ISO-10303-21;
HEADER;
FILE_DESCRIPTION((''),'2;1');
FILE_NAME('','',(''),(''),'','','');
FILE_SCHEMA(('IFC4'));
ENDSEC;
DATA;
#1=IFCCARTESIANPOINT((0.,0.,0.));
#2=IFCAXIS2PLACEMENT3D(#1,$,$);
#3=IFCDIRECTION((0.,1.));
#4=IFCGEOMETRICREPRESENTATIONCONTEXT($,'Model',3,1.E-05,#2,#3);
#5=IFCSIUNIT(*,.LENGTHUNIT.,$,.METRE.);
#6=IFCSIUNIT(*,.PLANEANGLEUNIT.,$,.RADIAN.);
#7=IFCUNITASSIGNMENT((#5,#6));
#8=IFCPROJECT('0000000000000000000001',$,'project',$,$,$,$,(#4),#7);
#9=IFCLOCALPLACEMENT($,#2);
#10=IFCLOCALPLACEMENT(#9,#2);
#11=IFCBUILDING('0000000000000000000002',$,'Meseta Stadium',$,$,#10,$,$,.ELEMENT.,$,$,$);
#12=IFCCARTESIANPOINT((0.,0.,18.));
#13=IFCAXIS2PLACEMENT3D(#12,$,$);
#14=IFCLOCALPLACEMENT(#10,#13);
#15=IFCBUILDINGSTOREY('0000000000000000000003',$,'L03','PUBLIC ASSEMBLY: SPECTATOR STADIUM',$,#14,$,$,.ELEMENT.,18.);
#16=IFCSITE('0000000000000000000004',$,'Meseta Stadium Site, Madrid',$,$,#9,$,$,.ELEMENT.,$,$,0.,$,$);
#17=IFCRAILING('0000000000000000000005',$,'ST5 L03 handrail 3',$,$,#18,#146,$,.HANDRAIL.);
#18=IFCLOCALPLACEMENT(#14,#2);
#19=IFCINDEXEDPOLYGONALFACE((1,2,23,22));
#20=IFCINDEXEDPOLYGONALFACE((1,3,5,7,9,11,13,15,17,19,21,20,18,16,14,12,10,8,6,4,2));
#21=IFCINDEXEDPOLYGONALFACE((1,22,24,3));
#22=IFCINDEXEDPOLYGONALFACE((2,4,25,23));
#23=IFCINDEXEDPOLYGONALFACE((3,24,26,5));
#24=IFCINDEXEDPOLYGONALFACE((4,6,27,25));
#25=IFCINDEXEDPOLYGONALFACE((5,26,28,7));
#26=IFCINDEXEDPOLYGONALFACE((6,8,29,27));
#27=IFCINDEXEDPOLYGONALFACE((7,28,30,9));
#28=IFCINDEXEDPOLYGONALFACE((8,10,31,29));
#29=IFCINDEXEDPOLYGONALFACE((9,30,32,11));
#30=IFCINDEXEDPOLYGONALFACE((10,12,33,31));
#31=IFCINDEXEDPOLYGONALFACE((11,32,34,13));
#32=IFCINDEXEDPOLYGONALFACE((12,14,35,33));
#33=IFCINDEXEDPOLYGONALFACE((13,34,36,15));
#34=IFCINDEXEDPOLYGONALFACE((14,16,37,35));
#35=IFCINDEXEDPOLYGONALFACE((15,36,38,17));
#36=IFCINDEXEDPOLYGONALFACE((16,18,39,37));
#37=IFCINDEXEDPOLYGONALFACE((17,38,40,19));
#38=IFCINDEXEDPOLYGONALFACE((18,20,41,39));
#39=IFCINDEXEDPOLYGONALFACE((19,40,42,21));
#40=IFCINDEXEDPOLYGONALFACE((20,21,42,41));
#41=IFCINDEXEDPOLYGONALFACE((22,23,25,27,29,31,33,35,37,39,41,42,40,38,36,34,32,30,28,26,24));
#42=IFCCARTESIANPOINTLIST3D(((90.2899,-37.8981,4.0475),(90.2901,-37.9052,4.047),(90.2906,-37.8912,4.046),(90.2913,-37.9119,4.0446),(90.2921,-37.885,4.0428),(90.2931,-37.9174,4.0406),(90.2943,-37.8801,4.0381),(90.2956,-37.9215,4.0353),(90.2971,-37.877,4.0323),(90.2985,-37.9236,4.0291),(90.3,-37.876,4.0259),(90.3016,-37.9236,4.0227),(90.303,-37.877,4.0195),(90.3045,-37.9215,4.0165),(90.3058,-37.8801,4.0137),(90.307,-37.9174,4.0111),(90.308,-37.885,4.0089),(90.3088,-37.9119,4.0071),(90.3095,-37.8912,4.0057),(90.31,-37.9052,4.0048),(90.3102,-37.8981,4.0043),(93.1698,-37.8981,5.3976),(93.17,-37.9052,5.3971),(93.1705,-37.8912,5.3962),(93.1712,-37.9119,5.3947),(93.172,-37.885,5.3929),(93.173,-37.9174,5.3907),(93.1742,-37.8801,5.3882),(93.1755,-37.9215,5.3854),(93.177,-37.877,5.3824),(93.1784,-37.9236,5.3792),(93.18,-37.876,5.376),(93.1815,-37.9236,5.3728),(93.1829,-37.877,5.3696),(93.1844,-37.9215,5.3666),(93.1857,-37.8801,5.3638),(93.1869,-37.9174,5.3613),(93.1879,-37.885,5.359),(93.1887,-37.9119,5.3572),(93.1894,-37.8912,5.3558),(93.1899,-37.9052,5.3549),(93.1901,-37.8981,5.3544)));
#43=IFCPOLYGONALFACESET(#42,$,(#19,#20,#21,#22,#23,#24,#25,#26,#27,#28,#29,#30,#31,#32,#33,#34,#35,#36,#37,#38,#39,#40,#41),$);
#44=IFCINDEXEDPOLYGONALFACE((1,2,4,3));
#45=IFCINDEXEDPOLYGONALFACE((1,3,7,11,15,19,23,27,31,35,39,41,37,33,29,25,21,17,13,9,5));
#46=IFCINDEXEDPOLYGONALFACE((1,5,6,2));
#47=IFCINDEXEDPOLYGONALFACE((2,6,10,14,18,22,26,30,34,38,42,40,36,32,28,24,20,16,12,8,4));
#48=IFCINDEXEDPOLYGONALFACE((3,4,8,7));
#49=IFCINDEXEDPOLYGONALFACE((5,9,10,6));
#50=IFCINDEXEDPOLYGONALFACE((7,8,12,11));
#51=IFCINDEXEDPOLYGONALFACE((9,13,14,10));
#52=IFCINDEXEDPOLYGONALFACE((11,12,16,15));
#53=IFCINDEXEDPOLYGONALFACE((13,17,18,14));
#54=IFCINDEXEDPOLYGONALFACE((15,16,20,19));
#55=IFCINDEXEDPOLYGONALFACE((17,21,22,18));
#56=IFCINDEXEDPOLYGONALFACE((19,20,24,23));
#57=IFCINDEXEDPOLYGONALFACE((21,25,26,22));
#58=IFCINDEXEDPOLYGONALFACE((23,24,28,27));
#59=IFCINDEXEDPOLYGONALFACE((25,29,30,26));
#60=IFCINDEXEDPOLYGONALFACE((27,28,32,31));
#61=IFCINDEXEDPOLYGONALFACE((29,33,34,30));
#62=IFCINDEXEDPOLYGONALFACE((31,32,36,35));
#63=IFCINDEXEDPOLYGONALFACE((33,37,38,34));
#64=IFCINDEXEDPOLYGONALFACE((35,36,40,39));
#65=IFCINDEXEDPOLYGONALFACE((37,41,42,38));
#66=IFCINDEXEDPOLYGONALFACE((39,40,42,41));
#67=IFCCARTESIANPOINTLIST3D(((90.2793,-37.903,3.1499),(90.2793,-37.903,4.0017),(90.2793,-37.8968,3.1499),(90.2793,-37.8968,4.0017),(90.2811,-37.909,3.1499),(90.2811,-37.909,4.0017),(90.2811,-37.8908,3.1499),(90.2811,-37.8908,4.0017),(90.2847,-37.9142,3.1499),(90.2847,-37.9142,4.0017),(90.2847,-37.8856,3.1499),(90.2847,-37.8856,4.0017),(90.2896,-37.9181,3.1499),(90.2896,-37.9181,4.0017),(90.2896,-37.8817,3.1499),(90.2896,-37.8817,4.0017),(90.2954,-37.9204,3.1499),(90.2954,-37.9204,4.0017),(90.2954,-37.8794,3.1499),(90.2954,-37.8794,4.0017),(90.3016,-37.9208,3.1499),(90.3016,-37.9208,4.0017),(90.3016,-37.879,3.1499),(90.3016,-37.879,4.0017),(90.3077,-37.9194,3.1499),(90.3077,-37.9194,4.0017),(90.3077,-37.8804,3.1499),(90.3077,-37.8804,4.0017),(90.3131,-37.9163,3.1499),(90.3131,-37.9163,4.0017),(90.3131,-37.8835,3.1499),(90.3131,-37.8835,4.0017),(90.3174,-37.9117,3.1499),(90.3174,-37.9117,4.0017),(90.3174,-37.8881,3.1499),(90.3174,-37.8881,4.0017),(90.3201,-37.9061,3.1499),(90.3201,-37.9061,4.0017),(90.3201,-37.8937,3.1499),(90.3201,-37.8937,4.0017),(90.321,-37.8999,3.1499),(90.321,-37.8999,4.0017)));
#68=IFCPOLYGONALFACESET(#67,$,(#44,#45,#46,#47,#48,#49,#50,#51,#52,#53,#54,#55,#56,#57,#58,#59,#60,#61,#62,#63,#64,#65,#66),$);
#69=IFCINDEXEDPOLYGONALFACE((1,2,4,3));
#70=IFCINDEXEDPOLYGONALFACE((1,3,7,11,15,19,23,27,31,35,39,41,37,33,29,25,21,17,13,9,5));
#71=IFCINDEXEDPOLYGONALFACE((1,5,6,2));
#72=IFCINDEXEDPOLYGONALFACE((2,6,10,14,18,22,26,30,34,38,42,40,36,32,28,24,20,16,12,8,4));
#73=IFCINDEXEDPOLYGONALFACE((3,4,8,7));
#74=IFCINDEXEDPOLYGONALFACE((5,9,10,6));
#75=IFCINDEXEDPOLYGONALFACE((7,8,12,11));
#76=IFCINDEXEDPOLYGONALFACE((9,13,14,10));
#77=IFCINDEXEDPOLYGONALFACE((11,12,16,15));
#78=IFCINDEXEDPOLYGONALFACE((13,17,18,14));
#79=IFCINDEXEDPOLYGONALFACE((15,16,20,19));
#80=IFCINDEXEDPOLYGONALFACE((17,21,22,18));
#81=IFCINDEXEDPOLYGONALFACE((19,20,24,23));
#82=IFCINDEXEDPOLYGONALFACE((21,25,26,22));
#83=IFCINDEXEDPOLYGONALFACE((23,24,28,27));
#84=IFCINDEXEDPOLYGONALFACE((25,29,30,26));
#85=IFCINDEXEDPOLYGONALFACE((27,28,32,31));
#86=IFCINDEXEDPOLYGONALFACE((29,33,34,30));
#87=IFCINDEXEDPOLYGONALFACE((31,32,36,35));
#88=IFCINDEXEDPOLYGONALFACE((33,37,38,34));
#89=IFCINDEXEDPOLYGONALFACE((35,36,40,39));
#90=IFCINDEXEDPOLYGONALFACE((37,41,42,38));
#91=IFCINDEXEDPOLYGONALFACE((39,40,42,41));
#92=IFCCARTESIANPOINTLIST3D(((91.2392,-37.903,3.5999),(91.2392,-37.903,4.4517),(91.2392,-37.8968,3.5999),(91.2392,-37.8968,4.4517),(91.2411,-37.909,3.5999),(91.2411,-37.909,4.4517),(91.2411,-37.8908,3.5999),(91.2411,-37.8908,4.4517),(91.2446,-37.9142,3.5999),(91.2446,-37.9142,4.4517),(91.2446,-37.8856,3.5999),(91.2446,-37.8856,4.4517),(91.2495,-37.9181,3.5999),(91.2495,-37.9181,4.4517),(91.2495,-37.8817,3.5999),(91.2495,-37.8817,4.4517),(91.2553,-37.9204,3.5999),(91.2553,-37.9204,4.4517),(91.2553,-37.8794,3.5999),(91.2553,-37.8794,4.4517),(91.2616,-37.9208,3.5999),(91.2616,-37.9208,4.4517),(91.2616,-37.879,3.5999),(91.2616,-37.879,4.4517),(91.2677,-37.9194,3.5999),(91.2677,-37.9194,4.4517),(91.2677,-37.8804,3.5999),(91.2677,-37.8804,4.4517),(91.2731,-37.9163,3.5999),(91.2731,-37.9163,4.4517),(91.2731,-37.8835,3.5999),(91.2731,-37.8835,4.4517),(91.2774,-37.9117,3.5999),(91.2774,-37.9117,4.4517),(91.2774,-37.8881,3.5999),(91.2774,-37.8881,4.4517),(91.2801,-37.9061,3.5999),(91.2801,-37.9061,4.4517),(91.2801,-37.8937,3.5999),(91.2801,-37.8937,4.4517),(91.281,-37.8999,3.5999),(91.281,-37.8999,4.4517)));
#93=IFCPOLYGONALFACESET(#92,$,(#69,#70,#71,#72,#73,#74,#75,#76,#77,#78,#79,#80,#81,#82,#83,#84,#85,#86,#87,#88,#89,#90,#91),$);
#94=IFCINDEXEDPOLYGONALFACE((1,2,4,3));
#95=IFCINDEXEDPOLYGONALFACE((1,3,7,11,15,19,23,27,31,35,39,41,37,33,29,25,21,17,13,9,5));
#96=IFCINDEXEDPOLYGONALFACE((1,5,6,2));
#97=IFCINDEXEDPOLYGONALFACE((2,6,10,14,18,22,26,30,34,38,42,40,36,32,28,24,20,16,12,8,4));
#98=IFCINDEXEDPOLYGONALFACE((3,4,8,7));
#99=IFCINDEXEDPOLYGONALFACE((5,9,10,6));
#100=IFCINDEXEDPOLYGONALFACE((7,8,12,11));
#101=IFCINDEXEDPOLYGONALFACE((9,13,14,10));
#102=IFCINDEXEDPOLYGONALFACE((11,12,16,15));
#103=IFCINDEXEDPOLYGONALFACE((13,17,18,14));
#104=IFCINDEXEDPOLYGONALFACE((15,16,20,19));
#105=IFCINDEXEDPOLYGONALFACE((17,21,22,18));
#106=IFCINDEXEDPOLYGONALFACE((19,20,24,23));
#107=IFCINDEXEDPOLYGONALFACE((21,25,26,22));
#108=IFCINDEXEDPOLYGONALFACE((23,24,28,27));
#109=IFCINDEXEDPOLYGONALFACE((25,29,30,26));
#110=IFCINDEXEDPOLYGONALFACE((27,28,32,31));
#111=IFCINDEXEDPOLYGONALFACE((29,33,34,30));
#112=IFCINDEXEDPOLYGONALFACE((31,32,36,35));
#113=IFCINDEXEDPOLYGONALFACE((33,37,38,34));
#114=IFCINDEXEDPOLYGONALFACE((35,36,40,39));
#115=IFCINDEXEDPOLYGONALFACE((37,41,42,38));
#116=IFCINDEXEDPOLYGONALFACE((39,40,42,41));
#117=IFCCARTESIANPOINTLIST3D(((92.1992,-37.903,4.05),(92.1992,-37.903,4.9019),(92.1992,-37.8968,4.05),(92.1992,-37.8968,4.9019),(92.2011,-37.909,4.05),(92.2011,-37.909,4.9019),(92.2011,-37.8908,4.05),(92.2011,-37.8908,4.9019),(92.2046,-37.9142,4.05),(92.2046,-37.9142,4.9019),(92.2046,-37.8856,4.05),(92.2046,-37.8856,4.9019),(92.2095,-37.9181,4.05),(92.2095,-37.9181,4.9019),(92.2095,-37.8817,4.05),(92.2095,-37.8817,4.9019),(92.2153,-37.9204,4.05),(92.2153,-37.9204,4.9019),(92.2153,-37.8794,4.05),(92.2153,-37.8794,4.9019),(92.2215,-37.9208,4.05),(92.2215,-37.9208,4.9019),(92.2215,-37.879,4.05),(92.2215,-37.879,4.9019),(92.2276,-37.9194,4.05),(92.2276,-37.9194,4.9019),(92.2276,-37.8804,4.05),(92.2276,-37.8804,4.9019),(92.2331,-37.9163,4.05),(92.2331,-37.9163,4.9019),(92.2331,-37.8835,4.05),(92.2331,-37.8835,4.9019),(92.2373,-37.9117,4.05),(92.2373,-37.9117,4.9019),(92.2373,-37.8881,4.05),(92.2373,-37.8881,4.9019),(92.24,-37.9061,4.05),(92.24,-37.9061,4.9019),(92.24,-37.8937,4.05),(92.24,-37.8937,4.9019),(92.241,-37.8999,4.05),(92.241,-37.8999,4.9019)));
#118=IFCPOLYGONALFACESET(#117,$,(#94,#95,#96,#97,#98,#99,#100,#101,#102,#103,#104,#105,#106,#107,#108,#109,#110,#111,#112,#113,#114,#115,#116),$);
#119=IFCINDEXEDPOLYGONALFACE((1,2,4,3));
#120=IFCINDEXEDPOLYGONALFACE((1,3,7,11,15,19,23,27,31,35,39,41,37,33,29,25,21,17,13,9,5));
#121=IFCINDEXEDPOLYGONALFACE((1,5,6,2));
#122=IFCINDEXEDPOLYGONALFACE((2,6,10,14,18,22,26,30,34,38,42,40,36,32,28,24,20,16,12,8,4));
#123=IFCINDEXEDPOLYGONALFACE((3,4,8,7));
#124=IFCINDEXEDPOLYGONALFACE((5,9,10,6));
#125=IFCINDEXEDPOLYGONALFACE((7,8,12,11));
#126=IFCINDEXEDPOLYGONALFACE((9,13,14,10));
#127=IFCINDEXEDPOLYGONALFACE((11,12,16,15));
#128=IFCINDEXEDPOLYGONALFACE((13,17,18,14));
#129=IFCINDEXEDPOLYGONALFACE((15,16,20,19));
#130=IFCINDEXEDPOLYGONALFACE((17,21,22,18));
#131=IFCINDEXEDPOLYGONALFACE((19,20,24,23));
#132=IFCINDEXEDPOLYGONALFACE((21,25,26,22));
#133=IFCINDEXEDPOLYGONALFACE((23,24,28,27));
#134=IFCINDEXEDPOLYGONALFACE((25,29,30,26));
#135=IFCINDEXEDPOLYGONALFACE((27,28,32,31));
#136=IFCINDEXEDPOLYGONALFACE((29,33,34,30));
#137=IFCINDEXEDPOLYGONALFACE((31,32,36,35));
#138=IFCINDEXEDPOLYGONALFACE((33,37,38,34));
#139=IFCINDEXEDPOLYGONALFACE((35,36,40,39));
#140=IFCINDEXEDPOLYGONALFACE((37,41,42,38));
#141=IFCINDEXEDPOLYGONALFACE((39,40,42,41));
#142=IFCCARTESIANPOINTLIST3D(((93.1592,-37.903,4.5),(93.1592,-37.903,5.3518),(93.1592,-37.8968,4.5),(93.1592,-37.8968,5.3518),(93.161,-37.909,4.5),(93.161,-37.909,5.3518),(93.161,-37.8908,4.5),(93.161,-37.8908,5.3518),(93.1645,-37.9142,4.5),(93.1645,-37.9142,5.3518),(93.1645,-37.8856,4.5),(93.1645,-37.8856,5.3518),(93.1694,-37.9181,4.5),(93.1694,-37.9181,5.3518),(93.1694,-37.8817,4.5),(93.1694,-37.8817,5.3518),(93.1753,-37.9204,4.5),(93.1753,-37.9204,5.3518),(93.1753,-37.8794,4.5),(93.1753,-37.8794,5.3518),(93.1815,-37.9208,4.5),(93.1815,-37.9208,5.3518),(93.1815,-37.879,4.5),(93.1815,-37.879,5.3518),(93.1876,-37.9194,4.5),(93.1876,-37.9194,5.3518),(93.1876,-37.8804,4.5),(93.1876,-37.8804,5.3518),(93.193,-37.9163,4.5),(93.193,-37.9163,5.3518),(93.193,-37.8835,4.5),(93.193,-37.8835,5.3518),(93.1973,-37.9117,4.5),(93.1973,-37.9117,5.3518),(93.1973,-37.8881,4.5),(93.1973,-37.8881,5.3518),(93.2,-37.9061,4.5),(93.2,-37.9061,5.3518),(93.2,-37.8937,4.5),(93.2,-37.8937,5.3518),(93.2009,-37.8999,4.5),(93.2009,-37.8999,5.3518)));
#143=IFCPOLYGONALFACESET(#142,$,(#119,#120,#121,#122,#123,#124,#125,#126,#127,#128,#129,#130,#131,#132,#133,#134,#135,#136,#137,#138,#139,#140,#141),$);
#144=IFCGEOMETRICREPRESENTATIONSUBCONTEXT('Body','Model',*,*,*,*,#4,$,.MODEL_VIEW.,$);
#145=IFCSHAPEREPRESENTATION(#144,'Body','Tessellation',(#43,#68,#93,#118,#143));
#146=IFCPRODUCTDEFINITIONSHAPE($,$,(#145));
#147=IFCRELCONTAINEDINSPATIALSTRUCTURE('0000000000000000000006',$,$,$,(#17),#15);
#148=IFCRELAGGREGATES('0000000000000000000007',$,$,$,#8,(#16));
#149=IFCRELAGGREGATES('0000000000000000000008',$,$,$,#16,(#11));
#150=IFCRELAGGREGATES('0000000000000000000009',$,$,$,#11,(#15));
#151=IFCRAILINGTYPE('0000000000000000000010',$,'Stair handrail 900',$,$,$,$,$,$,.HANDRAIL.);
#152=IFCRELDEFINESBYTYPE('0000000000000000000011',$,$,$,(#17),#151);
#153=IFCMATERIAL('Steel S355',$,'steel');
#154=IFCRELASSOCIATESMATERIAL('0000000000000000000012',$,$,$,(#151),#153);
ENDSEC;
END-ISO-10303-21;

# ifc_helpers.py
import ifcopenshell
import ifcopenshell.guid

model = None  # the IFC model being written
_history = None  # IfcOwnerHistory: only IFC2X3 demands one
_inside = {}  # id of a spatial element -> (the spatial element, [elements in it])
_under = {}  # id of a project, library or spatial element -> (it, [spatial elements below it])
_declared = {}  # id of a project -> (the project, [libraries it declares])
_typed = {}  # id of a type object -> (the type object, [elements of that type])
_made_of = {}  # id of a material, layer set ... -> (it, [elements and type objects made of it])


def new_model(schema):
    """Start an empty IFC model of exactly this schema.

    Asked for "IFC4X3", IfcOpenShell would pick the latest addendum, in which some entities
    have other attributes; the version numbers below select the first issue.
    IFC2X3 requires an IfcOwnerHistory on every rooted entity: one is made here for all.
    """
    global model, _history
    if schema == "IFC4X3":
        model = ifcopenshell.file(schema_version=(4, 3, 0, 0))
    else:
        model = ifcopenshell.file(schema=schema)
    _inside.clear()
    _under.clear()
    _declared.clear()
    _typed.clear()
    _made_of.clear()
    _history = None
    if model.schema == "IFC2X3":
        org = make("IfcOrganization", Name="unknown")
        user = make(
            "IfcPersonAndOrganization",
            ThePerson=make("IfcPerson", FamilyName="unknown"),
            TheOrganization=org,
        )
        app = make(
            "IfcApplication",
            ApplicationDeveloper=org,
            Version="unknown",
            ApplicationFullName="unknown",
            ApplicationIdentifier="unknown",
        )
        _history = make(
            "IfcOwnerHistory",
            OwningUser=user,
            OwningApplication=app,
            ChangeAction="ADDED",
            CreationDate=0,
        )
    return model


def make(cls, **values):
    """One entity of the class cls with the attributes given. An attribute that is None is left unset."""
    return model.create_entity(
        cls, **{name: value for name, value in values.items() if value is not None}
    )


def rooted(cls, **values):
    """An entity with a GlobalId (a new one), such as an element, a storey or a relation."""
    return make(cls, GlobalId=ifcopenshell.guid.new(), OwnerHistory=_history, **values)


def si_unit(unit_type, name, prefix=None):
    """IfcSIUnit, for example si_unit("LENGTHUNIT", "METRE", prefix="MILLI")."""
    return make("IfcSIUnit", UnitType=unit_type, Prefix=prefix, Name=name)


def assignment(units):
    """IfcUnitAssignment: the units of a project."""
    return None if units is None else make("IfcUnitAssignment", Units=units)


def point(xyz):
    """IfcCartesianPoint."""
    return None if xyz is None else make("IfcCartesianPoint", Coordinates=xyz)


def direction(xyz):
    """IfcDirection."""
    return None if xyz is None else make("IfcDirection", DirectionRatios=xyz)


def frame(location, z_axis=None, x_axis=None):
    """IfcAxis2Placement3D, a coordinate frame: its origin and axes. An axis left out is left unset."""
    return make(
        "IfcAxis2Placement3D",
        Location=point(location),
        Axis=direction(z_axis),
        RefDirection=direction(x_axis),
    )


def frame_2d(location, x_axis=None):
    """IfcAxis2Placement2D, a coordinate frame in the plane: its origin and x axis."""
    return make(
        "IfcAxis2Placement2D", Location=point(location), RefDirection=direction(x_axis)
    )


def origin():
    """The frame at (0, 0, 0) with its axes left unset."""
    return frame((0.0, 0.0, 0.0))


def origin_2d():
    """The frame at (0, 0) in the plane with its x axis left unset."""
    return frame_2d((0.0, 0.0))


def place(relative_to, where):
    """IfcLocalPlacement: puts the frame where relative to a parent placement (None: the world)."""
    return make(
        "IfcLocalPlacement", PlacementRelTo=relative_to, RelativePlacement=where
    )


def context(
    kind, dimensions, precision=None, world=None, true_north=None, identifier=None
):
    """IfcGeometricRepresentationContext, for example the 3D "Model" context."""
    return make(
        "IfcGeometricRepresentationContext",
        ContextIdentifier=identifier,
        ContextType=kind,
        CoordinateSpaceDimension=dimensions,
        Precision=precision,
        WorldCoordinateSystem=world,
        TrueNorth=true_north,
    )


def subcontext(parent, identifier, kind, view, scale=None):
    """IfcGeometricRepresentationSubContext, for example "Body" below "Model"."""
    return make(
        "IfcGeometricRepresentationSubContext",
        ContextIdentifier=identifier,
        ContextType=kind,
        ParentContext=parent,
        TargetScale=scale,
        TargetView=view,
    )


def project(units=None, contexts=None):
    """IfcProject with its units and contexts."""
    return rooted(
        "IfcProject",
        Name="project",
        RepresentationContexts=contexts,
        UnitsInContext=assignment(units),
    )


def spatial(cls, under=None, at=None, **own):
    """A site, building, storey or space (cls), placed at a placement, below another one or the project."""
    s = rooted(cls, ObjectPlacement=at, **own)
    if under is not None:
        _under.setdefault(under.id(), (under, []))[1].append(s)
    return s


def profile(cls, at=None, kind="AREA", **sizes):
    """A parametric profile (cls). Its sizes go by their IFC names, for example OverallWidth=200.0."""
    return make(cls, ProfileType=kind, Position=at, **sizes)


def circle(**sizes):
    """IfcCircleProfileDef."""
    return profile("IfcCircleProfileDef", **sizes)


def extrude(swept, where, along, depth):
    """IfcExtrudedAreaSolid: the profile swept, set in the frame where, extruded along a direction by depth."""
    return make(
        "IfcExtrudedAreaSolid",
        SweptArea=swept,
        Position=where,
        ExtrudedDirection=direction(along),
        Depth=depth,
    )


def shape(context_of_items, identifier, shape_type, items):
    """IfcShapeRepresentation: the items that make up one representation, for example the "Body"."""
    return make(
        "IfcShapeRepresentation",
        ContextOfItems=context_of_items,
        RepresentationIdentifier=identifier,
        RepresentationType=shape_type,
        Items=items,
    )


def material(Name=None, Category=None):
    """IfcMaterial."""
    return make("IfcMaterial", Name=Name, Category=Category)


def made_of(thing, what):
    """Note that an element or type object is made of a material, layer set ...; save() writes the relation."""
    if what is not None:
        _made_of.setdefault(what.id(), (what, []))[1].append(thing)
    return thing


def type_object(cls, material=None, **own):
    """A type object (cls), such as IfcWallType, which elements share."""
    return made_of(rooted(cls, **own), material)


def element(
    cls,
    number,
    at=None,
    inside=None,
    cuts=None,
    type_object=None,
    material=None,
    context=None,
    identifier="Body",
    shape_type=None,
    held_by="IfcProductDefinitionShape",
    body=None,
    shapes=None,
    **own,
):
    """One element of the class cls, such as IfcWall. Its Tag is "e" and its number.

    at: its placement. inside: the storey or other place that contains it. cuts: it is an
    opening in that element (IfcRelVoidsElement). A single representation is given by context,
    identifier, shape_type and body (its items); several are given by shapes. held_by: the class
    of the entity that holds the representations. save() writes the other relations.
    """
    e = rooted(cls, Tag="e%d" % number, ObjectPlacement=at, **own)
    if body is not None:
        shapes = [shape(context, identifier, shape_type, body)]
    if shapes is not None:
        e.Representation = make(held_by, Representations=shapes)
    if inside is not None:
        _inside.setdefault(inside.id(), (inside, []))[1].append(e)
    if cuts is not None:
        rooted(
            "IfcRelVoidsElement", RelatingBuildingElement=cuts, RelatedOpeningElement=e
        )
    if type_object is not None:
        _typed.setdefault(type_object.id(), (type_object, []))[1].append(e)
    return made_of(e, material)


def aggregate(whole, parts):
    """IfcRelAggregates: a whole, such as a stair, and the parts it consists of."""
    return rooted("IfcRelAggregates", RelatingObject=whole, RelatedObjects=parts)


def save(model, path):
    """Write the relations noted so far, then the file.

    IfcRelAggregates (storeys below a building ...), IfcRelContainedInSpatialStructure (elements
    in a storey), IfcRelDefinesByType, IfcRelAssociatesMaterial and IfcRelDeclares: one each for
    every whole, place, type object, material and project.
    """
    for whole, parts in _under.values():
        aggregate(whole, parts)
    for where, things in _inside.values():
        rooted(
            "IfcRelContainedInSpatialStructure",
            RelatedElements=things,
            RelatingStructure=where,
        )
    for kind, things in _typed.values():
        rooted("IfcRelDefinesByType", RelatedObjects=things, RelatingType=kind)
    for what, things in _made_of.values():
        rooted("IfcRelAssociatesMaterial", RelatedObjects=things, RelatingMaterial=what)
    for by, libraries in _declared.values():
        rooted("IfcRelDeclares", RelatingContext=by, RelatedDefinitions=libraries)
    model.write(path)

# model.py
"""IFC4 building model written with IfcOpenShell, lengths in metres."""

from ifc_helpers import new_model, si_unit, direction, frame, origin, origin_2d, place, context, subcontext, project, spatial, circle, extrude, material, type_object, element, save


model = new_model("IFC4")

# Units and contexts
model_context = context("Model", 3, precision=1e-05, world=origin(), true_north=direction((0.0, 1.0)))
body_context = subcontext(model_context, "Body", "Model", "MODEL_VIEW")
ifc_project = project(units=[si_unit("LENGTHUNIT", "METRE"), si_unit("PLANEANGLEUNIT", "RADIAN")], contexts=[model_context])

# Site, building, storey
site_placement = place(None, origin())
site = spatial("IfcSite", under=ifc_project, at=site_placement, Name="Meseta Stadium Site, Madrid", CompositionType="ELEMENT", RefElevation=0.0)
building_placement = place(site_placement, origin())
building = spatial("IfcBuilding", under=site, at=building_placement, Name="Meseta Stadium", CompositionType="ELEMENT")
storey_placement = place(building_placement, frame((0.0, 0.0, 18.0)))
storey = spatial("IfcBuildingStorey", under=building, at=storey_placement, Name="L03", Description="PUBLIC ASSEMBLY: SPECTATOR STADIUM", CompositionType="ELEMENT", Elevation=18.0)

# Railing
ifc_material_1 = material(Name="Steel S355", Category="steel")
railing_type_1 = type_object("IfcRailingType", Name="Stair handrail 900", PredefinedType="HANDRAIL", material=ifc_material_1)
for number, where, name in (
    (1, (90.3, -37.8999, 3.1499), "ST5 L03 handrail 3"),
):
    element("IfcRailing", number, at=place(storey_placement, frame(where)), inside=storey, type_object=railing_type_1, Name=name, PredefinedType="HANDRAIL", context=body_context, shape_type="SweptSolid", body=[
        extrude(circle(Radius=0.0239, at=origin_2d()), frame((0.0, 0.0, 0.876), z_axis=(0.90544, 0.0, 0.424473), x_axis=(0.0, 1.0, 0.0)), (0.0, 0.0, 1.0), 3.1807),
        extrude(circle(Radius=0.021, at=origin_2d()), origin(), (0.0, 0.0, 1.0), 0.8518),
        extrude(circle(Radius=0.021, at=origin_2d()), frame((0.96, 0.0, 0.45)), (0.0, 0.0, 1.0), 0.8518),
        extrude(circle(Radius=0.021, at=origin_2d()), frame((1.9199, 0.0, 0.9001)), (0.0, 0.0, 1.0), 0.8518),
        extrude(circle(Radius=0.021, at=origin_2d()), frame((2.8799, 0.0, 1.3501)), (0.0, 0.0, 1.0), 0.8518),
    ])

save(model, "model.ifc")
